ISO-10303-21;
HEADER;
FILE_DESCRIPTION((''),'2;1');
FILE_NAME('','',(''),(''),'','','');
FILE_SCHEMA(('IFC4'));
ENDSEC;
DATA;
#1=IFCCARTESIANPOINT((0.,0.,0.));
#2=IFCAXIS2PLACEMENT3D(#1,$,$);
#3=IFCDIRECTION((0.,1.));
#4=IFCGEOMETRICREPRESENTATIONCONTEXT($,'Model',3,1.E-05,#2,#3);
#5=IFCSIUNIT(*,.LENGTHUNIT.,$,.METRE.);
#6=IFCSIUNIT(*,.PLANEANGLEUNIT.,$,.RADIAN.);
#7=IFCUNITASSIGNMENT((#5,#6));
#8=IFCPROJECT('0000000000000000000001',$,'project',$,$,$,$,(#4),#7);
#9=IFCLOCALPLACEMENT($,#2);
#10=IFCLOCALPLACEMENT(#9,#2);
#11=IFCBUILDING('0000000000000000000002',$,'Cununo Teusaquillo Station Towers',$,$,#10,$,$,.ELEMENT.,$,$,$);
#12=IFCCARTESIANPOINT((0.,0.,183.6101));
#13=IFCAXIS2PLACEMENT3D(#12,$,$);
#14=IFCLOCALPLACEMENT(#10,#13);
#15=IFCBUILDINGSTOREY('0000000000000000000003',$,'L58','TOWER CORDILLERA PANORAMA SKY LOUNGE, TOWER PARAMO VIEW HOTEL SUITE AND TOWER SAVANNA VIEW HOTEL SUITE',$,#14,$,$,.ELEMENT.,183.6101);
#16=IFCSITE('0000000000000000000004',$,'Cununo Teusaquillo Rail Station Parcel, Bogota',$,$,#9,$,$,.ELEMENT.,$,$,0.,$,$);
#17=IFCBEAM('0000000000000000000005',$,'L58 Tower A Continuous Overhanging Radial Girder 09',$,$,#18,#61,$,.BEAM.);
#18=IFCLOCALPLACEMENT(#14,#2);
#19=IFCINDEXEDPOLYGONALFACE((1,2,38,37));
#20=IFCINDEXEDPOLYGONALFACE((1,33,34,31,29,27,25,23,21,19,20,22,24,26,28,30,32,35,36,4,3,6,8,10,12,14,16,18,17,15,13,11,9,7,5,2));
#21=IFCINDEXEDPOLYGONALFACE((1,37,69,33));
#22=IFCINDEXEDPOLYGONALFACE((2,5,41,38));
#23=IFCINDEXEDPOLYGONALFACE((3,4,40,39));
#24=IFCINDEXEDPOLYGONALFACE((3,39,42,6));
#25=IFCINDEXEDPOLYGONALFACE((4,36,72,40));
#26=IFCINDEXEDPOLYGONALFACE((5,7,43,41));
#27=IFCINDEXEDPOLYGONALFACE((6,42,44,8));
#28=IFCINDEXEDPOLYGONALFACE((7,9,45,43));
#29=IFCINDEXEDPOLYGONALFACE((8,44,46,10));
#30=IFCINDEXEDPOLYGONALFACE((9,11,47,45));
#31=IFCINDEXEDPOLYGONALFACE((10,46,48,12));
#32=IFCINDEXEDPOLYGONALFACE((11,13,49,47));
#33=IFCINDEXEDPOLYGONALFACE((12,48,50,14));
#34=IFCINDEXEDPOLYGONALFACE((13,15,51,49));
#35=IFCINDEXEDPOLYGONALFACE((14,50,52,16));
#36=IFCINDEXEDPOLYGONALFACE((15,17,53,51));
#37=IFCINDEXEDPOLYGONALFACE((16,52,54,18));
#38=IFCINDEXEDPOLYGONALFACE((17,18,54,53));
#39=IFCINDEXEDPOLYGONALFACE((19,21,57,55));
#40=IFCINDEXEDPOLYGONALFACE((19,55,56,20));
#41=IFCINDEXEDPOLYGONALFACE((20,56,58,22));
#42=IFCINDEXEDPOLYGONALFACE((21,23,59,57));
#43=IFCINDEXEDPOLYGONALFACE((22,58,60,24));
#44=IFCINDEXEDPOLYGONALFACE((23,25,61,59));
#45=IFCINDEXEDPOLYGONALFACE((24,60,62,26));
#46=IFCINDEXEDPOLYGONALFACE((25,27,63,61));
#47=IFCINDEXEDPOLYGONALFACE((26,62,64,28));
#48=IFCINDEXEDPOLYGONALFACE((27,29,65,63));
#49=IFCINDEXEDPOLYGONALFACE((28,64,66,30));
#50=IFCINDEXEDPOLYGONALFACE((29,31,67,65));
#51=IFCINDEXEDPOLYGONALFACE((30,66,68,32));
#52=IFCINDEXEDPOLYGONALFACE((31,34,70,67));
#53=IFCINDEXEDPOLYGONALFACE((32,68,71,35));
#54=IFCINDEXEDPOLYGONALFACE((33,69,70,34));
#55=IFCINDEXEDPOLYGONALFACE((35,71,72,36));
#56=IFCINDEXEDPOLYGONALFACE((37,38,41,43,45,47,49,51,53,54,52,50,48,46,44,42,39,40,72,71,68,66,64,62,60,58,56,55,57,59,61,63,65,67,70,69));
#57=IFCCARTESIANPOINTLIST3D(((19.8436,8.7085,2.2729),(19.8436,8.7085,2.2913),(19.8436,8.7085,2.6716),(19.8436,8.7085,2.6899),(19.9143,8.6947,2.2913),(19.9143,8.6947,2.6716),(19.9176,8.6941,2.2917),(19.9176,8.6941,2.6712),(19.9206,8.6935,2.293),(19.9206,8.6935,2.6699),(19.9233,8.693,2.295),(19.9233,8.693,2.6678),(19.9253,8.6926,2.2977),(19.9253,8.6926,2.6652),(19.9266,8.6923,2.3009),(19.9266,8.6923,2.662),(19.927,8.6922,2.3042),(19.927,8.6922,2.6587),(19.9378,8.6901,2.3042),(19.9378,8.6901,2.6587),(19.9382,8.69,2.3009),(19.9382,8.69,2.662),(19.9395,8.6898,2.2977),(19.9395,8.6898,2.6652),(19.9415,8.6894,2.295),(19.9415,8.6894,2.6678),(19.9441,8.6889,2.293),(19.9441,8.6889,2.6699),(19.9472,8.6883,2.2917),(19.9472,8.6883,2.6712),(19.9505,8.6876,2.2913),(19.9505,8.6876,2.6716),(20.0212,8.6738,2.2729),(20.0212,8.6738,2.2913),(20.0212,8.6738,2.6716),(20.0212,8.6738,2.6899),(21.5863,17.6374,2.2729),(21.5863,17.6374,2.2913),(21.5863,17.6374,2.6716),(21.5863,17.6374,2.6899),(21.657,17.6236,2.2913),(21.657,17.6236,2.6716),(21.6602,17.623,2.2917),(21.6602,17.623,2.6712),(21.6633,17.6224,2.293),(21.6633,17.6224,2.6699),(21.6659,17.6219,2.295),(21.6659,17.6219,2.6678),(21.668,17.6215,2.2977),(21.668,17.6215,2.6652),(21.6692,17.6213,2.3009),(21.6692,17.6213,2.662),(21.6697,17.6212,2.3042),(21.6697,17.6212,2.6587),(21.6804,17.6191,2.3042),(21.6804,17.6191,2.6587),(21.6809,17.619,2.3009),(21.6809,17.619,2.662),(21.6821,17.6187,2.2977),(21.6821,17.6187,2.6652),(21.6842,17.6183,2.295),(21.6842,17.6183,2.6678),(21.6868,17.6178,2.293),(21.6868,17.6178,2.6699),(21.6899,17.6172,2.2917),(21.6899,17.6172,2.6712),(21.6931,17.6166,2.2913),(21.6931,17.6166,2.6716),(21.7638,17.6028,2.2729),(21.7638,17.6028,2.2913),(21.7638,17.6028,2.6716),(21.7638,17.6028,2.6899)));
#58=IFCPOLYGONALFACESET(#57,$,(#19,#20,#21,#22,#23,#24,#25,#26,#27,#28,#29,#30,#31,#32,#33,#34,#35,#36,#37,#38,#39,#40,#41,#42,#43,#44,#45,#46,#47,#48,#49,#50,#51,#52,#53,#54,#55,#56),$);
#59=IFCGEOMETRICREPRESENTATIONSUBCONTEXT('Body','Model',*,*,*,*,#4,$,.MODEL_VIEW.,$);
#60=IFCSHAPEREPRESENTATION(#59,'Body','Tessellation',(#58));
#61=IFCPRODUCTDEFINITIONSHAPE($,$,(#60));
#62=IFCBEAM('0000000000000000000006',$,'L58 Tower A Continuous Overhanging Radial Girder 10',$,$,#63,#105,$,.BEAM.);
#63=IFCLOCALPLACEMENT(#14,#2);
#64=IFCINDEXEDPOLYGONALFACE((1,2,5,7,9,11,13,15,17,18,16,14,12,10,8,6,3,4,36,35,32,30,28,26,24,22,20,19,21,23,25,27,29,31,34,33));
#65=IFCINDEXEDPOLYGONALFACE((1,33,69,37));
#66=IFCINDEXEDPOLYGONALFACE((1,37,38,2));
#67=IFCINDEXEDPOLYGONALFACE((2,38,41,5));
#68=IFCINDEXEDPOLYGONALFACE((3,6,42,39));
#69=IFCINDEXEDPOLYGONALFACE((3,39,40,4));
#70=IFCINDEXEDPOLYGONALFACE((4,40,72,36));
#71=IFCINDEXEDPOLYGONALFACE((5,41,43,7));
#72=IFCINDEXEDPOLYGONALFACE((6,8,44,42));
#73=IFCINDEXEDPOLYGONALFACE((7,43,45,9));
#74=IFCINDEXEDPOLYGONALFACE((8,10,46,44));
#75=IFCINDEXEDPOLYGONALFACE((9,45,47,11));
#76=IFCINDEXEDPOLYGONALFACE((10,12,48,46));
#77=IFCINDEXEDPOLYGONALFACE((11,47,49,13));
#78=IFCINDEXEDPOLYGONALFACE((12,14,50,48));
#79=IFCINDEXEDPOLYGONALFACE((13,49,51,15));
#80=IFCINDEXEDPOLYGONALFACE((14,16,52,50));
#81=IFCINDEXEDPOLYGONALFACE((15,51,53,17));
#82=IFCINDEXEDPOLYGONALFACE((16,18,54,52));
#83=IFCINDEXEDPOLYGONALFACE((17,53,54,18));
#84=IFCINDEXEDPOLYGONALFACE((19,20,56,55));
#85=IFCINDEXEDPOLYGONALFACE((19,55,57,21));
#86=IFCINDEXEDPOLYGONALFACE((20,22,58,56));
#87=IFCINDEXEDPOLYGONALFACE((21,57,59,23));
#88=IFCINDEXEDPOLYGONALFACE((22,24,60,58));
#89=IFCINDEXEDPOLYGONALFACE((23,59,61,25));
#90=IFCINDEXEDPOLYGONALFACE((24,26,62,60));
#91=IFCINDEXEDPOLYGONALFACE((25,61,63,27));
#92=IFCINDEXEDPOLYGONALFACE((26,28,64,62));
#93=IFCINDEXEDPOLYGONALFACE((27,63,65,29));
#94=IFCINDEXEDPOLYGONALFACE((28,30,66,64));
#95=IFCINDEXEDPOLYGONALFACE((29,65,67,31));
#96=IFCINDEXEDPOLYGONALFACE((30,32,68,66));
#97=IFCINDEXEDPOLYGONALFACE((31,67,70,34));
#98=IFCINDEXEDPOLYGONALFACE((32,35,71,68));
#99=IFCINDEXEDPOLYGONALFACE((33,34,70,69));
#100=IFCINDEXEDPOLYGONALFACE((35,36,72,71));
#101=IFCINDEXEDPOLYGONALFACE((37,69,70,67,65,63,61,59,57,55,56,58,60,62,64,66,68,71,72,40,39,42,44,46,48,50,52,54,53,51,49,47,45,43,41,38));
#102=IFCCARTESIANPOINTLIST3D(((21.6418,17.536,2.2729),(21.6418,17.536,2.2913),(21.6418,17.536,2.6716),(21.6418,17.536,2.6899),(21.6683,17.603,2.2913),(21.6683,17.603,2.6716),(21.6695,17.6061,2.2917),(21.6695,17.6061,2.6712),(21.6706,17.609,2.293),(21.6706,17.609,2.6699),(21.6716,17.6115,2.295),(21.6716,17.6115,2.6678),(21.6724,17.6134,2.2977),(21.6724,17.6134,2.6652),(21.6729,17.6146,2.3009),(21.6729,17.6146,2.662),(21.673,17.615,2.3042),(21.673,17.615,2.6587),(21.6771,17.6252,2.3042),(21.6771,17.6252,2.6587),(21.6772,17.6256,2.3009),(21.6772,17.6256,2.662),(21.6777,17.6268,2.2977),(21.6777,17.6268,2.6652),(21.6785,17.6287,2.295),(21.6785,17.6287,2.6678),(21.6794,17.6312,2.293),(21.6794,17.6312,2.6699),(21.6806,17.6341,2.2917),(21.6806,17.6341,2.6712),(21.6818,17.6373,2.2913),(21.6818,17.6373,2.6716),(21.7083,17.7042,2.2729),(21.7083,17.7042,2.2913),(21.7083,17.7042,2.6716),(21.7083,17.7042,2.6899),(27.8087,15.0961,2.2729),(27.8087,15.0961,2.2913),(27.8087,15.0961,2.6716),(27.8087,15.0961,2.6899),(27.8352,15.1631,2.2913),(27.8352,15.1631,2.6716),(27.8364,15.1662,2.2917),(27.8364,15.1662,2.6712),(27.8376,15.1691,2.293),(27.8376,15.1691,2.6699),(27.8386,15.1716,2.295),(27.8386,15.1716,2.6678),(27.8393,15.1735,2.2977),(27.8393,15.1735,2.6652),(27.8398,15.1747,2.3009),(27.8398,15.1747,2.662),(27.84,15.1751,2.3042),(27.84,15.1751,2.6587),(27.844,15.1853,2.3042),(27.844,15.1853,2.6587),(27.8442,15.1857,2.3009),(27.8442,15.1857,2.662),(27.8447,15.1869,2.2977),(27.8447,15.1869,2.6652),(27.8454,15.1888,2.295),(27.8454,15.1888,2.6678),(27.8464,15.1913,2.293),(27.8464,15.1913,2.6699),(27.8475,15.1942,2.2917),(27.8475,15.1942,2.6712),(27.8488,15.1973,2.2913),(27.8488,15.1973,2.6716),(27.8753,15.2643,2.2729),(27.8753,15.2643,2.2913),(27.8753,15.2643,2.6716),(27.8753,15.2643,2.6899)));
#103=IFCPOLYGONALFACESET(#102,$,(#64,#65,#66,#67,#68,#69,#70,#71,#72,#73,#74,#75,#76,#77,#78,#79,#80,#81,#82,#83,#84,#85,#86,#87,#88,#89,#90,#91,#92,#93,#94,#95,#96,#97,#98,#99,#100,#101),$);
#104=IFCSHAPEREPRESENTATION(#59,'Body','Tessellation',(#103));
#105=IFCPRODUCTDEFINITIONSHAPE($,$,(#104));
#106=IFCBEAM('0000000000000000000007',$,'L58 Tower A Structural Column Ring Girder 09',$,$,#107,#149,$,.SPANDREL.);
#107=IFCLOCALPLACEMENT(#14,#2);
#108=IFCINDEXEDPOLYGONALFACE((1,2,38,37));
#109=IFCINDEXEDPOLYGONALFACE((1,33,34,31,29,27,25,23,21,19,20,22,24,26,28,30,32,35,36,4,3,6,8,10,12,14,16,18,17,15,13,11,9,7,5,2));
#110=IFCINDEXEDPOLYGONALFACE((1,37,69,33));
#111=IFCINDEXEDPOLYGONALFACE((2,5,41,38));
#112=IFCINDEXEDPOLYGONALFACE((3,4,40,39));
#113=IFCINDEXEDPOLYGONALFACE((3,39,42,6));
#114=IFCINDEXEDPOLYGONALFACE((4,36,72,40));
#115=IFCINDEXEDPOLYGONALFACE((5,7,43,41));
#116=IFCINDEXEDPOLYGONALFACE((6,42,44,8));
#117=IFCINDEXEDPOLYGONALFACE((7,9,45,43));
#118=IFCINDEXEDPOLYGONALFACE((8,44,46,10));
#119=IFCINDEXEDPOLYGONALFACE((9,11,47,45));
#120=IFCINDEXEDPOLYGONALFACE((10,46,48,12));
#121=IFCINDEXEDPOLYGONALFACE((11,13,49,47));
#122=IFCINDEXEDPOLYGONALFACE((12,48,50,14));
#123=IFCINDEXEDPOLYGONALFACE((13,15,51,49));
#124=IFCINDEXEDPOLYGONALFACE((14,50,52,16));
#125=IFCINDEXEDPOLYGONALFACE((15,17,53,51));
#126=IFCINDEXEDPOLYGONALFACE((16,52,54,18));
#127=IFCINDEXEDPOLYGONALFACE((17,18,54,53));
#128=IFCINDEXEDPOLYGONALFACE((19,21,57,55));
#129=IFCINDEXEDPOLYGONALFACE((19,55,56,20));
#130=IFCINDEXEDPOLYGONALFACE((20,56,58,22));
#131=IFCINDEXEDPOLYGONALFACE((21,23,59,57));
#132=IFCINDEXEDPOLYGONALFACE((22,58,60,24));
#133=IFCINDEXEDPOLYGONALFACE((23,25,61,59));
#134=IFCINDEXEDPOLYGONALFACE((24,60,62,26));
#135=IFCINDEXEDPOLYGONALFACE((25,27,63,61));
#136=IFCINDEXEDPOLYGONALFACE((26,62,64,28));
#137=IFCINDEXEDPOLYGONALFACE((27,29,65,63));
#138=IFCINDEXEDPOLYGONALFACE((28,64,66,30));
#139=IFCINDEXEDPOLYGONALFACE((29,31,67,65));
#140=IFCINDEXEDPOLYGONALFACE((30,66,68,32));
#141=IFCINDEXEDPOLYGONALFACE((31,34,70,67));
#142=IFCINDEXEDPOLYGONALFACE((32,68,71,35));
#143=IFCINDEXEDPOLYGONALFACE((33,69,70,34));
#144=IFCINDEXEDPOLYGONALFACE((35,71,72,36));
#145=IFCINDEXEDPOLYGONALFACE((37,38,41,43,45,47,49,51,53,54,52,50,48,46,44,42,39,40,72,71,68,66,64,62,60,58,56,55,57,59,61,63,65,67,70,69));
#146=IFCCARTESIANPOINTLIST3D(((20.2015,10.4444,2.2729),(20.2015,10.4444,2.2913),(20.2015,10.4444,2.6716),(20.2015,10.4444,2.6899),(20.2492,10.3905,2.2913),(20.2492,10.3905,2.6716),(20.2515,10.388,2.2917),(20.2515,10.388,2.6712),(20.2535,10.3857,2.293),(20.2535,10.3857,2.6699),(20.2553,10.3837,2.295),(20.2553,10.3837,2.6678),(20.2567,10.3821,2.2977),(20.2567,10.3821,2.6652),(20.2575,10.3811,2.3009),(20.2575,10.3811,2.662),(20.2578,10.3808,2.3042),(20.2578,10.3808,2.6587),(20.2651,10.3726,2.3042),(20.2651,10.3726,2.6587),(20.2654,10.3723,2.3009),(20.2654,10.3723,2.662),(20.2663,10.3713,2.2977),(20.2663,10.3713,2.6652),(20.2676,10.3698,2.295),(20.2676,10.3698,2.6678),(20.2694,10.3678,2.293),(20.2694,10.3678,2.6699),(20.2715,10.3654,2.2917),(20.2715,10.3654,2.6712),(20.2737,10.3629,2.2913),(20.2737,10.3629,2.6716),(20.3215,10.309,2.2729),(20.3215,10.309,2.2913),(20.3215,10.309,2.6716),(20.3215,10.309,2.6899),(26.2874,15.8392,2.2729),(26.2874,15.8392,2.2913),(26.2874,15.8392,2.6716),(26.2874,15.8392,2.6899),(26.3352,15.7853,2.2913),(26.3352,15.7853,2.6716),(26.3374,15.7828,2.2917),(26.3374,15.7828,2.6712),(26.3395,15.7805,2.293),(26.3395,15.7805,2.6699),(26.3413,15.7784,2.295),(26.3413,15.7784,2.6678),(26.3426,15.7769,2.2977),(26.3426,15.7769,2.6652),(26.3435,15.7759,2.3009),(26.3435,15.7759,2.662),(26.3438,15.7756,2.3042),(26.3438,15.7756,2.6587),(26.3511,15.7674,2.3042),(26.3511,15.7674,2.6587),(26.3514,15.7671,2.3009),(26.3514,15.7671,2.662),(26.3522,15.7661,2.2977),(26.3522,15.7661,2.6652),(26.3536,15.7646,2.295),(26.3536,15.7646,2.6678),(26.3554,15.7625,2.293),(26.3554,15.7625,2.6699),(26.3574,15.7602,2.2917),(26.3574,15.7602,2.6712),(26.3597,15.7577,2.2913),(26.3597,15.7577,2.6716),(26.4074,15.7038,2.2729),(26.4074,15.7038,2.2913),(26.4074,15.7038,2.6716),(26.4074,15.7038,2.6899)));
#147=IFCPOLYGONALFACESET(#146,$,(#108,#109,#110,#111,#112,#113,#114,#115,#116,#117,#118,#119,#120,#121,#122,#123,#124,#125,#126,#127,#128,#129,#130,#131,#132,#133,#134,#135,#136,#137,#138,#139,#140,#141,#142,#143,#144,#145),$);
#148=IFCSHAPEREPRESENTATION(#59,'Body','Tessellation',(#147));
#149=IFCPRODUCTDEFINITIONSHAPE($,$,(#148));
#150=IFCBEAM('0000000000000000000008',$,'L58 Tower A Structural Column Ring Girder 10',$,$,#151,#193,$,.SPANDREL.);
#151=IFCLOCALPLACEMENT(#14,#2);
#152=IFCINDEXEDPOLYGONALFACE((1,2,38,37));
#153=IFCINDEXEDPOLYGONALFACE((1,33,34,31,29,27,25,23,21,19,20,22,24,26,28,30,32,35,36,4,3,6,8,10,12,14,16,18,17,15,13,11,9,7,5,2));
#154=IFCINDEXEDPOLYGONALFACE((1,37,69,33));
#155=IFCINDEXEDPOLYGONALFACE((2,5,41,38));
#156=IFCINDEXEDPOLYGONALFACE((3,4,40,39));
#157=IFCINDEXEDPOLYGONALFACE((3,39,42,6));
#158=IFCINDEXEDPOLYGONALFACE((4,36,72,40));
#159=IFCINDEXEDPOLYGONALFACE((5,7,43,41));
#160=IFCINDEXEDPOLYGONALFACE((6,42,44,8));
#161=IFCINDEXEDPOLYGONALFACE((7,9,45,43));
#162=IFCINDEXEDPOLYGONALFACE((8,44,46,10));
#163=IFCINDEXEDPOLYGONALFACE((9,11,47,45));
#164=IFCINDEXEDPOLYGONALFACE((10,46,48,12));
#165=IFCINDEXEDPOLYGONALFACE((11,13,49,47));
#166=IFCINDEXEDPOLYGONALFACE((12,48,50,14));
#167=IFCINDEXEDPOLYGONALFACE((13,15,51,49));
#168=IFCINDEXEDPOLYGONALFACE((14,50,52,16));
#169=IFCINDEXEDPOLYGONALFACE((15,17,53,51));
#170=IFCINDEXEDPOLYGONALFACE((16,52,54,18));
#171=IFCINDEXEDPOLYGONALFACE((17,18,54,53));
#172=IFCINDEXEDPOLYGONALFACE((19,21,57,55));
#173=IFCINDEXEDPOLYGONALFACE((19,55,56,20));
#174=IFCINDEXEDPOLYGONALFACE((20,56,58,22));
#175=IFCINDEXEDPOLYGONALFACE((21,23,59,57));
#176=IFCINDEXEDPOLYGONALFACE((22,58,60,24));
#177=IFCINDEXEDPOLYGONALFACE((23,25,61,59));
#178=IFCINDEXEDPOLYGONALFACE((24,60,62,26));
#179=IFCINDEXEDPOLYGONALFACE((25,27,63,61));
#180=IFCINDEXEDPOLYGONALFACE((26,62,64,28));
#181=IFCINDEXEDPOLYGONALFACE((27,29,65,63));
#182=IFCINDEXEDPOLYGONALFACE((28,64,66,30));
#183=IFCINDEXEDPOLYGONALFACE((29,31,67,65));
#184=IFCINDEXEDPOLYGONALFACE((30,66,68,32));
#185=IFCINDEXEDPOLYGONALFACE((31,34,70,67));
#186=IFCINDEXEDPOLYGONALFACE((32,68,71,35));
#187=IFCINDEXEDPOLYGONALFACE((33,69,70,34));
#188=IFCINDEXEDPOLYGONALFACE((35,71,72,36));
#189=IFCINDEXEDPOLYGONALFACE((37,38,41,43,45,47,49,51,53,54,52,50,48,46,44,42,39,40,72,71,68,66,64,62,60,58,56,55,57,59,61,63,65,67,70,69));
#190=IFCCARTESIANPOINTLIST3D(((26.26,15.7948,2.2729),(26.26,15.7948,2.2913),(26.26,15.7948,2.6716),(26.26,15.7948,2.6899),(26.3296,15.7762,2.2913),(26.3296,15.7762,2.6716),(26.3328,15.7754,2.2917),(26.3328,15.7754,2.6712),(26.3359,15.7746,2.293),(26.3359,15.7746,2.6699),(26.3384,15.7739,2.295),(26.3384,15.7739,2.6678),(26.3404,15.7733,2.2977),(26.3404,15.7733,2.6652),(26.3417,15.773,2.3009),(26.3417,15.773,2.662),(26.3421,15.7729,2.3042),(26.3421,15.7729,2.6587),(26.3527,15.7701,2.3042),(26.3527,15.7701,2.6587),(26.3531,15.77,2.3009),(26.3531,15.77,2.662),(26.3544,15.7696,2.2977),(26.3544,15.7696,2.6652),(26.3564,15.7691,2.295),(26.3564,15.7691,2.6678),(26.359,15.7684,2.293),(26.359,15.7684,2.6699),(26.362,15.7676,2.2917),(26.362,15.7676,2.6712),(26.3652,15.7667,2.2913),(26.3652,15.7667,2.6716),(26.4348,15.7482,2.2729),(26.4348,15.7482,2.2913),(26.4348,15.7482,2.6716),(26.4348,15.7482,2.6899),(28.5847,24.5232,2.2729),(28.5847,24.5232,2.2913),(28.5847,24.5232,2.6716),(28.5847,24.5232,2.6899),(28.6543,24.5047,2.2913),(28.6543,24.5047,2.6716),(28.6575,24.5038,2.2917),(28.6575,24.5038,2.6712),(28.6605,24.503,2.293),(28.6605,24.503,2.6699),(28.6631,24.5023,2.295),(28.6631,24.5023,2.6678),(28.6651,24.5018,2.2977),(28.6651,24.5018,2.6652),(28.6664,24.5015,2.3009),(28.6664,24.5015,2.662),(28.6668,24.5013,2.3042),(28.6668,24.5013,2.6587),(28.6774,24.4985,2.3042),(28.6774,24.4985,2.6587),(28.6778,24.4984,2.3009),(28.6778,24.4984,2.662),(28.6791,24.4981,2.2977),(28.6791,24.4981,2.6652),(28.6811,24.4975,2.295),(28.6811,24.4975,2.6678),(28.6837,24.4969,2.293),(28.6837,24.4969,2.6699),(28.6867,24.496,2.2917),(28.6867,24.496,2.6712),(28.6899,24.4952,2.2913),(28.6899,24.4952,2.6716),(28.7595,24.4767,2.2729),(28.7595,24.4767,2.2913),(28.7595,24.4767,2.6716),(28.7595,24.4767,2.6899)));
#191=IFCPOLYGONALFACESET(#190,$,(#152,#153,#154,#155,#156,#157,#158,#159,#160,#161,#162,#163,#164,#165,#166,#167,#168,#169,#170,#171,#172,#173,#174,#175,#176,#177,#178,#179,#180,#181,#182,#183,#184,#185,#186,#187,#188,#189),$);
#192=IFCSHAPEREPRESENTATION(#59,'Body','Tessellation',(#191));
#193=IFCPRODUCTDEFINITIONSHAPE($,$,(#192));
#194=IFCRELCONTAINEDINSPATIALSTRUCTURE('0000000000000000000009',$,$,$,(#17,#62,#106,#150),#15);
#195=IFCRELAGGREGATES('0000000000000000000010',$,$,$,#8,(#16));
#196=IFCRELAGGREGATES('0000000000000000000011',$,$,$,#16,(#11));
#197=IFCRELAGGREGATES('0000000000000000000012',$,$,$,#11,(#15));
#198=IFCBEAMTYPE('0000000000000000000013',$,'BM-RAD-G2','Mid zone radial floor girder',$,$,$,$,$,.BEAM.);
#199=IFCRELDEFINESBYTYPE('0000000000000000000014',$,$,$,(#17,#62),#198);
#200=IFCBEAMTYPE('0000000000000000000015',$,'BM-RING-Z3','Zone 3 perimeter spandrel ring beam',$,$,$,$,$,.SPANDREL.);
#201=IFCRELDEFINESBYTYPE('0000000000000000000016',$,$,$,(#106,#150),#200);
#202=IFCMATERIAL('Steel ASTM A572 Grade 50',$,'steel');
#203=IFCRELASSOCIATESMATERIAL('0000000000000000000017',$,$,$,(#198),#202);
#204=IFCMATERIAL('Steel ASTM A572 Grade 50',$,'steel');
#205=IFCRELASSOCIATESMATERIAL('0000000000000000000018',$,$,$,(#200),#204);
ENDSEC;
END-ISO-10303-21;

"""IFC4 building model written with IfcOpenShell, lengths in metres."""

from ifc_helpers import new_model, si_unit, direction, frame, origin, origin_2d, place, context, subcontext, project, spatial, i_section, extrude, material, material_profile, profile_set, type_object, element, save


model = new_model("IFC4")

# Units and contexts
model_context = context("Model", 3, precision=1e-05, world=origin(), true_north=direction((0.0, 1.0)))
body_context = subcontext(model_context, "Body", "Model", "MODEL_VIEW")
ifc_project = project(units=[si_unit("LENGTHUNIT", "METRE"), si_unit("PLANEANGLEUNIT", "RADIAN")], contexts=[model_context])

# Site, building, storey
site_placement = place(None, origin())
site = spatial("IfcSite", under=ifc_project, at=site_placement, Name="Cununo Teusaquillo Rail Station Parcel, Bogota", CompositionType="ELEMENT", RefElevation=0.0)
building_placement = place(site_placement, origin())
building = spatial("IfcBuilding", under=site, at=building_placement, Name="Cununo Teusaquillo Station Towers", CompositionType="ELEMENT")
storey_placement = place(building_placement, frame((0.0, 0.0, 183.6101)))
storey = spatial("IfcBuildingStorey", under=building, at=storey_placement, Name="L58", Description="TOWER CORDILLERA PANORAMA SKY LOUNGE, TOWER PARAMO VIEW HOTEL SUITE AND TOWER SAVANNA VIEW HOTEL SUITE", CompositionType="ELEMENT", Elevation=183.6101)

# Beams
ifc_material_1 = material(Name="Steel ASTM A572 Grade 50", Category="steel")
ifc_material_profile_1 = material_profile(ifc_material_1, i_section(OverallWidth=0.1809, OverallDepth=0.417, WebThickness=0.011, FlangeThickness=0.0183, FilletRadius=0.0129, at=origin_2d()), Name="W16X57")
ifc_profile_set_1 = profile_set([ifc_material_profile_1], Name="Steel ASTM A572 Grade 50")
beam_type_1 = type_object("IfcBeamType", Name="BM-RAD-G2", Description="Mid zone radial floor girder", PredefinedType="BEAM", material=ifc_profile_set_1)
beam_1_placement = place(storey_placement, frame((21.675, 17.6201, 2.4814), z_axis=(-0.191557, -0.981481, 0.0), x_axis=(0.981481, -0.191557, 0.0)))
element("IfcBeam", 1, at=beam_1_placement, inside=storey, type_object=beam_type_1, Name="L58 Tower A Continuous Overhanging Radial Girder 09", PredefinedType="BEAM", context=body_context, shape_type="SweptSolid", body=[
    extrude(i_section(OverallWidth=0.1809, OverallDepth=0.417, WebThickness=0.011, FlangeThickness=0.0183, FilletRadius=0.0129, at=origin_2d()), origin(), (0.0, 0.0, 1.0), 9.0974),
])
beam_2_placement = place(storey_placement, frame((21.675, 17.6201, 2.4814), z_axis=(0.929866, -0.367897, 0.0), x_axis=(0.367897, 0.929866, 0.0)))
element("IfcBeam", 2, at=beam_2_placement, inside=storey, type_object=beam_type_1, Name="L58 Tower A Continuous Overhanging Radial Girder 10", PredefinedType="BEAM", context=body_context, shape_type="SweptSolid", body=[
    extrude(i_section(OverallWidth=0.1809, OverallDepth=0.417, WebThickness=0.011, FlangeThickness=0.0183, FilletRadius=0.0129, at=origin_2d()), origin(), (0.0, 0.0, 1.0), 6.6321),
])
ifc_material_2 = material(Name="Steel ASTM A572 Grade 50", Category="steel")
ifc_material_profile_2 = material_profile(ifc_material_2, i_section(OverallWidth=0.1809, OverallDepth=0.417, WebThickness=0.011, FlangeThickness=0.0183, FilletRadius=0.0129, at=origin_2d()), Name="W16X57")
ifc_profile_set_2 = profile_set([ifc_material_profile_2], Name="Steel ASTM A572 Grade 50")
beam_type_2 = type_object("IfcBeamType", Name="BM-RING-Z3", Description="Zone 3 perimeter spandrel ring beam", PredefinedType="SPANDREL", material=ifc_profile_set_2)
beam_3_placement = place(storey_placement, frame((20.2615, 10.3767, 2.4814), z_axis=(0.748321, 0.663337, 0.0), x_axis=(-0.663337, 0.748321, 0.0)))
element("IfcBeam", 3, at=beam_3_placement, inside=storey, type_object=beam_type_2, Name="L58 Tower A Structural Column Ring Girder 09", PredefinedType="SPANDREL", context=body_context, shape_type="SweptSolid", body=[
    extrude(i_section(OverallWidth=0.1809, OverallDepth=0.417, WebThickness=0.011, FlangeThickness=0.0183, FilletRadius=0.0129, at=origin_2d()), origin(), (0.0, 0.0, 1.0), 8.1328),
])
beam_4_placement = place(storey_placement, frame((26.3474, 15.7715, 2.4814), z_axis=(0.257363, 0.966315, 0.0), x_axis=(-0.966315, 0.257363, 0.0)))
element("IfcBeam", 4, at=beam_4_placement, inside=storey, type_object=beam_type_2, Name="L58 Tower A Structural Column Ring Girder 10", PredefinedType="SPANDREL", context=body_context, shape_type="SweptSolid", body=[
    extrude(i_section(OverallWidth=0.1809, OverallDepth=0.417, WebThickness=0.011, FlangeThickness=0.0183, FilletRadius=0.0129, at=origin_2d()), origin(), (0.0, 0.0, 1.0), 9.0327),
])

save(model, "model.ifc")
